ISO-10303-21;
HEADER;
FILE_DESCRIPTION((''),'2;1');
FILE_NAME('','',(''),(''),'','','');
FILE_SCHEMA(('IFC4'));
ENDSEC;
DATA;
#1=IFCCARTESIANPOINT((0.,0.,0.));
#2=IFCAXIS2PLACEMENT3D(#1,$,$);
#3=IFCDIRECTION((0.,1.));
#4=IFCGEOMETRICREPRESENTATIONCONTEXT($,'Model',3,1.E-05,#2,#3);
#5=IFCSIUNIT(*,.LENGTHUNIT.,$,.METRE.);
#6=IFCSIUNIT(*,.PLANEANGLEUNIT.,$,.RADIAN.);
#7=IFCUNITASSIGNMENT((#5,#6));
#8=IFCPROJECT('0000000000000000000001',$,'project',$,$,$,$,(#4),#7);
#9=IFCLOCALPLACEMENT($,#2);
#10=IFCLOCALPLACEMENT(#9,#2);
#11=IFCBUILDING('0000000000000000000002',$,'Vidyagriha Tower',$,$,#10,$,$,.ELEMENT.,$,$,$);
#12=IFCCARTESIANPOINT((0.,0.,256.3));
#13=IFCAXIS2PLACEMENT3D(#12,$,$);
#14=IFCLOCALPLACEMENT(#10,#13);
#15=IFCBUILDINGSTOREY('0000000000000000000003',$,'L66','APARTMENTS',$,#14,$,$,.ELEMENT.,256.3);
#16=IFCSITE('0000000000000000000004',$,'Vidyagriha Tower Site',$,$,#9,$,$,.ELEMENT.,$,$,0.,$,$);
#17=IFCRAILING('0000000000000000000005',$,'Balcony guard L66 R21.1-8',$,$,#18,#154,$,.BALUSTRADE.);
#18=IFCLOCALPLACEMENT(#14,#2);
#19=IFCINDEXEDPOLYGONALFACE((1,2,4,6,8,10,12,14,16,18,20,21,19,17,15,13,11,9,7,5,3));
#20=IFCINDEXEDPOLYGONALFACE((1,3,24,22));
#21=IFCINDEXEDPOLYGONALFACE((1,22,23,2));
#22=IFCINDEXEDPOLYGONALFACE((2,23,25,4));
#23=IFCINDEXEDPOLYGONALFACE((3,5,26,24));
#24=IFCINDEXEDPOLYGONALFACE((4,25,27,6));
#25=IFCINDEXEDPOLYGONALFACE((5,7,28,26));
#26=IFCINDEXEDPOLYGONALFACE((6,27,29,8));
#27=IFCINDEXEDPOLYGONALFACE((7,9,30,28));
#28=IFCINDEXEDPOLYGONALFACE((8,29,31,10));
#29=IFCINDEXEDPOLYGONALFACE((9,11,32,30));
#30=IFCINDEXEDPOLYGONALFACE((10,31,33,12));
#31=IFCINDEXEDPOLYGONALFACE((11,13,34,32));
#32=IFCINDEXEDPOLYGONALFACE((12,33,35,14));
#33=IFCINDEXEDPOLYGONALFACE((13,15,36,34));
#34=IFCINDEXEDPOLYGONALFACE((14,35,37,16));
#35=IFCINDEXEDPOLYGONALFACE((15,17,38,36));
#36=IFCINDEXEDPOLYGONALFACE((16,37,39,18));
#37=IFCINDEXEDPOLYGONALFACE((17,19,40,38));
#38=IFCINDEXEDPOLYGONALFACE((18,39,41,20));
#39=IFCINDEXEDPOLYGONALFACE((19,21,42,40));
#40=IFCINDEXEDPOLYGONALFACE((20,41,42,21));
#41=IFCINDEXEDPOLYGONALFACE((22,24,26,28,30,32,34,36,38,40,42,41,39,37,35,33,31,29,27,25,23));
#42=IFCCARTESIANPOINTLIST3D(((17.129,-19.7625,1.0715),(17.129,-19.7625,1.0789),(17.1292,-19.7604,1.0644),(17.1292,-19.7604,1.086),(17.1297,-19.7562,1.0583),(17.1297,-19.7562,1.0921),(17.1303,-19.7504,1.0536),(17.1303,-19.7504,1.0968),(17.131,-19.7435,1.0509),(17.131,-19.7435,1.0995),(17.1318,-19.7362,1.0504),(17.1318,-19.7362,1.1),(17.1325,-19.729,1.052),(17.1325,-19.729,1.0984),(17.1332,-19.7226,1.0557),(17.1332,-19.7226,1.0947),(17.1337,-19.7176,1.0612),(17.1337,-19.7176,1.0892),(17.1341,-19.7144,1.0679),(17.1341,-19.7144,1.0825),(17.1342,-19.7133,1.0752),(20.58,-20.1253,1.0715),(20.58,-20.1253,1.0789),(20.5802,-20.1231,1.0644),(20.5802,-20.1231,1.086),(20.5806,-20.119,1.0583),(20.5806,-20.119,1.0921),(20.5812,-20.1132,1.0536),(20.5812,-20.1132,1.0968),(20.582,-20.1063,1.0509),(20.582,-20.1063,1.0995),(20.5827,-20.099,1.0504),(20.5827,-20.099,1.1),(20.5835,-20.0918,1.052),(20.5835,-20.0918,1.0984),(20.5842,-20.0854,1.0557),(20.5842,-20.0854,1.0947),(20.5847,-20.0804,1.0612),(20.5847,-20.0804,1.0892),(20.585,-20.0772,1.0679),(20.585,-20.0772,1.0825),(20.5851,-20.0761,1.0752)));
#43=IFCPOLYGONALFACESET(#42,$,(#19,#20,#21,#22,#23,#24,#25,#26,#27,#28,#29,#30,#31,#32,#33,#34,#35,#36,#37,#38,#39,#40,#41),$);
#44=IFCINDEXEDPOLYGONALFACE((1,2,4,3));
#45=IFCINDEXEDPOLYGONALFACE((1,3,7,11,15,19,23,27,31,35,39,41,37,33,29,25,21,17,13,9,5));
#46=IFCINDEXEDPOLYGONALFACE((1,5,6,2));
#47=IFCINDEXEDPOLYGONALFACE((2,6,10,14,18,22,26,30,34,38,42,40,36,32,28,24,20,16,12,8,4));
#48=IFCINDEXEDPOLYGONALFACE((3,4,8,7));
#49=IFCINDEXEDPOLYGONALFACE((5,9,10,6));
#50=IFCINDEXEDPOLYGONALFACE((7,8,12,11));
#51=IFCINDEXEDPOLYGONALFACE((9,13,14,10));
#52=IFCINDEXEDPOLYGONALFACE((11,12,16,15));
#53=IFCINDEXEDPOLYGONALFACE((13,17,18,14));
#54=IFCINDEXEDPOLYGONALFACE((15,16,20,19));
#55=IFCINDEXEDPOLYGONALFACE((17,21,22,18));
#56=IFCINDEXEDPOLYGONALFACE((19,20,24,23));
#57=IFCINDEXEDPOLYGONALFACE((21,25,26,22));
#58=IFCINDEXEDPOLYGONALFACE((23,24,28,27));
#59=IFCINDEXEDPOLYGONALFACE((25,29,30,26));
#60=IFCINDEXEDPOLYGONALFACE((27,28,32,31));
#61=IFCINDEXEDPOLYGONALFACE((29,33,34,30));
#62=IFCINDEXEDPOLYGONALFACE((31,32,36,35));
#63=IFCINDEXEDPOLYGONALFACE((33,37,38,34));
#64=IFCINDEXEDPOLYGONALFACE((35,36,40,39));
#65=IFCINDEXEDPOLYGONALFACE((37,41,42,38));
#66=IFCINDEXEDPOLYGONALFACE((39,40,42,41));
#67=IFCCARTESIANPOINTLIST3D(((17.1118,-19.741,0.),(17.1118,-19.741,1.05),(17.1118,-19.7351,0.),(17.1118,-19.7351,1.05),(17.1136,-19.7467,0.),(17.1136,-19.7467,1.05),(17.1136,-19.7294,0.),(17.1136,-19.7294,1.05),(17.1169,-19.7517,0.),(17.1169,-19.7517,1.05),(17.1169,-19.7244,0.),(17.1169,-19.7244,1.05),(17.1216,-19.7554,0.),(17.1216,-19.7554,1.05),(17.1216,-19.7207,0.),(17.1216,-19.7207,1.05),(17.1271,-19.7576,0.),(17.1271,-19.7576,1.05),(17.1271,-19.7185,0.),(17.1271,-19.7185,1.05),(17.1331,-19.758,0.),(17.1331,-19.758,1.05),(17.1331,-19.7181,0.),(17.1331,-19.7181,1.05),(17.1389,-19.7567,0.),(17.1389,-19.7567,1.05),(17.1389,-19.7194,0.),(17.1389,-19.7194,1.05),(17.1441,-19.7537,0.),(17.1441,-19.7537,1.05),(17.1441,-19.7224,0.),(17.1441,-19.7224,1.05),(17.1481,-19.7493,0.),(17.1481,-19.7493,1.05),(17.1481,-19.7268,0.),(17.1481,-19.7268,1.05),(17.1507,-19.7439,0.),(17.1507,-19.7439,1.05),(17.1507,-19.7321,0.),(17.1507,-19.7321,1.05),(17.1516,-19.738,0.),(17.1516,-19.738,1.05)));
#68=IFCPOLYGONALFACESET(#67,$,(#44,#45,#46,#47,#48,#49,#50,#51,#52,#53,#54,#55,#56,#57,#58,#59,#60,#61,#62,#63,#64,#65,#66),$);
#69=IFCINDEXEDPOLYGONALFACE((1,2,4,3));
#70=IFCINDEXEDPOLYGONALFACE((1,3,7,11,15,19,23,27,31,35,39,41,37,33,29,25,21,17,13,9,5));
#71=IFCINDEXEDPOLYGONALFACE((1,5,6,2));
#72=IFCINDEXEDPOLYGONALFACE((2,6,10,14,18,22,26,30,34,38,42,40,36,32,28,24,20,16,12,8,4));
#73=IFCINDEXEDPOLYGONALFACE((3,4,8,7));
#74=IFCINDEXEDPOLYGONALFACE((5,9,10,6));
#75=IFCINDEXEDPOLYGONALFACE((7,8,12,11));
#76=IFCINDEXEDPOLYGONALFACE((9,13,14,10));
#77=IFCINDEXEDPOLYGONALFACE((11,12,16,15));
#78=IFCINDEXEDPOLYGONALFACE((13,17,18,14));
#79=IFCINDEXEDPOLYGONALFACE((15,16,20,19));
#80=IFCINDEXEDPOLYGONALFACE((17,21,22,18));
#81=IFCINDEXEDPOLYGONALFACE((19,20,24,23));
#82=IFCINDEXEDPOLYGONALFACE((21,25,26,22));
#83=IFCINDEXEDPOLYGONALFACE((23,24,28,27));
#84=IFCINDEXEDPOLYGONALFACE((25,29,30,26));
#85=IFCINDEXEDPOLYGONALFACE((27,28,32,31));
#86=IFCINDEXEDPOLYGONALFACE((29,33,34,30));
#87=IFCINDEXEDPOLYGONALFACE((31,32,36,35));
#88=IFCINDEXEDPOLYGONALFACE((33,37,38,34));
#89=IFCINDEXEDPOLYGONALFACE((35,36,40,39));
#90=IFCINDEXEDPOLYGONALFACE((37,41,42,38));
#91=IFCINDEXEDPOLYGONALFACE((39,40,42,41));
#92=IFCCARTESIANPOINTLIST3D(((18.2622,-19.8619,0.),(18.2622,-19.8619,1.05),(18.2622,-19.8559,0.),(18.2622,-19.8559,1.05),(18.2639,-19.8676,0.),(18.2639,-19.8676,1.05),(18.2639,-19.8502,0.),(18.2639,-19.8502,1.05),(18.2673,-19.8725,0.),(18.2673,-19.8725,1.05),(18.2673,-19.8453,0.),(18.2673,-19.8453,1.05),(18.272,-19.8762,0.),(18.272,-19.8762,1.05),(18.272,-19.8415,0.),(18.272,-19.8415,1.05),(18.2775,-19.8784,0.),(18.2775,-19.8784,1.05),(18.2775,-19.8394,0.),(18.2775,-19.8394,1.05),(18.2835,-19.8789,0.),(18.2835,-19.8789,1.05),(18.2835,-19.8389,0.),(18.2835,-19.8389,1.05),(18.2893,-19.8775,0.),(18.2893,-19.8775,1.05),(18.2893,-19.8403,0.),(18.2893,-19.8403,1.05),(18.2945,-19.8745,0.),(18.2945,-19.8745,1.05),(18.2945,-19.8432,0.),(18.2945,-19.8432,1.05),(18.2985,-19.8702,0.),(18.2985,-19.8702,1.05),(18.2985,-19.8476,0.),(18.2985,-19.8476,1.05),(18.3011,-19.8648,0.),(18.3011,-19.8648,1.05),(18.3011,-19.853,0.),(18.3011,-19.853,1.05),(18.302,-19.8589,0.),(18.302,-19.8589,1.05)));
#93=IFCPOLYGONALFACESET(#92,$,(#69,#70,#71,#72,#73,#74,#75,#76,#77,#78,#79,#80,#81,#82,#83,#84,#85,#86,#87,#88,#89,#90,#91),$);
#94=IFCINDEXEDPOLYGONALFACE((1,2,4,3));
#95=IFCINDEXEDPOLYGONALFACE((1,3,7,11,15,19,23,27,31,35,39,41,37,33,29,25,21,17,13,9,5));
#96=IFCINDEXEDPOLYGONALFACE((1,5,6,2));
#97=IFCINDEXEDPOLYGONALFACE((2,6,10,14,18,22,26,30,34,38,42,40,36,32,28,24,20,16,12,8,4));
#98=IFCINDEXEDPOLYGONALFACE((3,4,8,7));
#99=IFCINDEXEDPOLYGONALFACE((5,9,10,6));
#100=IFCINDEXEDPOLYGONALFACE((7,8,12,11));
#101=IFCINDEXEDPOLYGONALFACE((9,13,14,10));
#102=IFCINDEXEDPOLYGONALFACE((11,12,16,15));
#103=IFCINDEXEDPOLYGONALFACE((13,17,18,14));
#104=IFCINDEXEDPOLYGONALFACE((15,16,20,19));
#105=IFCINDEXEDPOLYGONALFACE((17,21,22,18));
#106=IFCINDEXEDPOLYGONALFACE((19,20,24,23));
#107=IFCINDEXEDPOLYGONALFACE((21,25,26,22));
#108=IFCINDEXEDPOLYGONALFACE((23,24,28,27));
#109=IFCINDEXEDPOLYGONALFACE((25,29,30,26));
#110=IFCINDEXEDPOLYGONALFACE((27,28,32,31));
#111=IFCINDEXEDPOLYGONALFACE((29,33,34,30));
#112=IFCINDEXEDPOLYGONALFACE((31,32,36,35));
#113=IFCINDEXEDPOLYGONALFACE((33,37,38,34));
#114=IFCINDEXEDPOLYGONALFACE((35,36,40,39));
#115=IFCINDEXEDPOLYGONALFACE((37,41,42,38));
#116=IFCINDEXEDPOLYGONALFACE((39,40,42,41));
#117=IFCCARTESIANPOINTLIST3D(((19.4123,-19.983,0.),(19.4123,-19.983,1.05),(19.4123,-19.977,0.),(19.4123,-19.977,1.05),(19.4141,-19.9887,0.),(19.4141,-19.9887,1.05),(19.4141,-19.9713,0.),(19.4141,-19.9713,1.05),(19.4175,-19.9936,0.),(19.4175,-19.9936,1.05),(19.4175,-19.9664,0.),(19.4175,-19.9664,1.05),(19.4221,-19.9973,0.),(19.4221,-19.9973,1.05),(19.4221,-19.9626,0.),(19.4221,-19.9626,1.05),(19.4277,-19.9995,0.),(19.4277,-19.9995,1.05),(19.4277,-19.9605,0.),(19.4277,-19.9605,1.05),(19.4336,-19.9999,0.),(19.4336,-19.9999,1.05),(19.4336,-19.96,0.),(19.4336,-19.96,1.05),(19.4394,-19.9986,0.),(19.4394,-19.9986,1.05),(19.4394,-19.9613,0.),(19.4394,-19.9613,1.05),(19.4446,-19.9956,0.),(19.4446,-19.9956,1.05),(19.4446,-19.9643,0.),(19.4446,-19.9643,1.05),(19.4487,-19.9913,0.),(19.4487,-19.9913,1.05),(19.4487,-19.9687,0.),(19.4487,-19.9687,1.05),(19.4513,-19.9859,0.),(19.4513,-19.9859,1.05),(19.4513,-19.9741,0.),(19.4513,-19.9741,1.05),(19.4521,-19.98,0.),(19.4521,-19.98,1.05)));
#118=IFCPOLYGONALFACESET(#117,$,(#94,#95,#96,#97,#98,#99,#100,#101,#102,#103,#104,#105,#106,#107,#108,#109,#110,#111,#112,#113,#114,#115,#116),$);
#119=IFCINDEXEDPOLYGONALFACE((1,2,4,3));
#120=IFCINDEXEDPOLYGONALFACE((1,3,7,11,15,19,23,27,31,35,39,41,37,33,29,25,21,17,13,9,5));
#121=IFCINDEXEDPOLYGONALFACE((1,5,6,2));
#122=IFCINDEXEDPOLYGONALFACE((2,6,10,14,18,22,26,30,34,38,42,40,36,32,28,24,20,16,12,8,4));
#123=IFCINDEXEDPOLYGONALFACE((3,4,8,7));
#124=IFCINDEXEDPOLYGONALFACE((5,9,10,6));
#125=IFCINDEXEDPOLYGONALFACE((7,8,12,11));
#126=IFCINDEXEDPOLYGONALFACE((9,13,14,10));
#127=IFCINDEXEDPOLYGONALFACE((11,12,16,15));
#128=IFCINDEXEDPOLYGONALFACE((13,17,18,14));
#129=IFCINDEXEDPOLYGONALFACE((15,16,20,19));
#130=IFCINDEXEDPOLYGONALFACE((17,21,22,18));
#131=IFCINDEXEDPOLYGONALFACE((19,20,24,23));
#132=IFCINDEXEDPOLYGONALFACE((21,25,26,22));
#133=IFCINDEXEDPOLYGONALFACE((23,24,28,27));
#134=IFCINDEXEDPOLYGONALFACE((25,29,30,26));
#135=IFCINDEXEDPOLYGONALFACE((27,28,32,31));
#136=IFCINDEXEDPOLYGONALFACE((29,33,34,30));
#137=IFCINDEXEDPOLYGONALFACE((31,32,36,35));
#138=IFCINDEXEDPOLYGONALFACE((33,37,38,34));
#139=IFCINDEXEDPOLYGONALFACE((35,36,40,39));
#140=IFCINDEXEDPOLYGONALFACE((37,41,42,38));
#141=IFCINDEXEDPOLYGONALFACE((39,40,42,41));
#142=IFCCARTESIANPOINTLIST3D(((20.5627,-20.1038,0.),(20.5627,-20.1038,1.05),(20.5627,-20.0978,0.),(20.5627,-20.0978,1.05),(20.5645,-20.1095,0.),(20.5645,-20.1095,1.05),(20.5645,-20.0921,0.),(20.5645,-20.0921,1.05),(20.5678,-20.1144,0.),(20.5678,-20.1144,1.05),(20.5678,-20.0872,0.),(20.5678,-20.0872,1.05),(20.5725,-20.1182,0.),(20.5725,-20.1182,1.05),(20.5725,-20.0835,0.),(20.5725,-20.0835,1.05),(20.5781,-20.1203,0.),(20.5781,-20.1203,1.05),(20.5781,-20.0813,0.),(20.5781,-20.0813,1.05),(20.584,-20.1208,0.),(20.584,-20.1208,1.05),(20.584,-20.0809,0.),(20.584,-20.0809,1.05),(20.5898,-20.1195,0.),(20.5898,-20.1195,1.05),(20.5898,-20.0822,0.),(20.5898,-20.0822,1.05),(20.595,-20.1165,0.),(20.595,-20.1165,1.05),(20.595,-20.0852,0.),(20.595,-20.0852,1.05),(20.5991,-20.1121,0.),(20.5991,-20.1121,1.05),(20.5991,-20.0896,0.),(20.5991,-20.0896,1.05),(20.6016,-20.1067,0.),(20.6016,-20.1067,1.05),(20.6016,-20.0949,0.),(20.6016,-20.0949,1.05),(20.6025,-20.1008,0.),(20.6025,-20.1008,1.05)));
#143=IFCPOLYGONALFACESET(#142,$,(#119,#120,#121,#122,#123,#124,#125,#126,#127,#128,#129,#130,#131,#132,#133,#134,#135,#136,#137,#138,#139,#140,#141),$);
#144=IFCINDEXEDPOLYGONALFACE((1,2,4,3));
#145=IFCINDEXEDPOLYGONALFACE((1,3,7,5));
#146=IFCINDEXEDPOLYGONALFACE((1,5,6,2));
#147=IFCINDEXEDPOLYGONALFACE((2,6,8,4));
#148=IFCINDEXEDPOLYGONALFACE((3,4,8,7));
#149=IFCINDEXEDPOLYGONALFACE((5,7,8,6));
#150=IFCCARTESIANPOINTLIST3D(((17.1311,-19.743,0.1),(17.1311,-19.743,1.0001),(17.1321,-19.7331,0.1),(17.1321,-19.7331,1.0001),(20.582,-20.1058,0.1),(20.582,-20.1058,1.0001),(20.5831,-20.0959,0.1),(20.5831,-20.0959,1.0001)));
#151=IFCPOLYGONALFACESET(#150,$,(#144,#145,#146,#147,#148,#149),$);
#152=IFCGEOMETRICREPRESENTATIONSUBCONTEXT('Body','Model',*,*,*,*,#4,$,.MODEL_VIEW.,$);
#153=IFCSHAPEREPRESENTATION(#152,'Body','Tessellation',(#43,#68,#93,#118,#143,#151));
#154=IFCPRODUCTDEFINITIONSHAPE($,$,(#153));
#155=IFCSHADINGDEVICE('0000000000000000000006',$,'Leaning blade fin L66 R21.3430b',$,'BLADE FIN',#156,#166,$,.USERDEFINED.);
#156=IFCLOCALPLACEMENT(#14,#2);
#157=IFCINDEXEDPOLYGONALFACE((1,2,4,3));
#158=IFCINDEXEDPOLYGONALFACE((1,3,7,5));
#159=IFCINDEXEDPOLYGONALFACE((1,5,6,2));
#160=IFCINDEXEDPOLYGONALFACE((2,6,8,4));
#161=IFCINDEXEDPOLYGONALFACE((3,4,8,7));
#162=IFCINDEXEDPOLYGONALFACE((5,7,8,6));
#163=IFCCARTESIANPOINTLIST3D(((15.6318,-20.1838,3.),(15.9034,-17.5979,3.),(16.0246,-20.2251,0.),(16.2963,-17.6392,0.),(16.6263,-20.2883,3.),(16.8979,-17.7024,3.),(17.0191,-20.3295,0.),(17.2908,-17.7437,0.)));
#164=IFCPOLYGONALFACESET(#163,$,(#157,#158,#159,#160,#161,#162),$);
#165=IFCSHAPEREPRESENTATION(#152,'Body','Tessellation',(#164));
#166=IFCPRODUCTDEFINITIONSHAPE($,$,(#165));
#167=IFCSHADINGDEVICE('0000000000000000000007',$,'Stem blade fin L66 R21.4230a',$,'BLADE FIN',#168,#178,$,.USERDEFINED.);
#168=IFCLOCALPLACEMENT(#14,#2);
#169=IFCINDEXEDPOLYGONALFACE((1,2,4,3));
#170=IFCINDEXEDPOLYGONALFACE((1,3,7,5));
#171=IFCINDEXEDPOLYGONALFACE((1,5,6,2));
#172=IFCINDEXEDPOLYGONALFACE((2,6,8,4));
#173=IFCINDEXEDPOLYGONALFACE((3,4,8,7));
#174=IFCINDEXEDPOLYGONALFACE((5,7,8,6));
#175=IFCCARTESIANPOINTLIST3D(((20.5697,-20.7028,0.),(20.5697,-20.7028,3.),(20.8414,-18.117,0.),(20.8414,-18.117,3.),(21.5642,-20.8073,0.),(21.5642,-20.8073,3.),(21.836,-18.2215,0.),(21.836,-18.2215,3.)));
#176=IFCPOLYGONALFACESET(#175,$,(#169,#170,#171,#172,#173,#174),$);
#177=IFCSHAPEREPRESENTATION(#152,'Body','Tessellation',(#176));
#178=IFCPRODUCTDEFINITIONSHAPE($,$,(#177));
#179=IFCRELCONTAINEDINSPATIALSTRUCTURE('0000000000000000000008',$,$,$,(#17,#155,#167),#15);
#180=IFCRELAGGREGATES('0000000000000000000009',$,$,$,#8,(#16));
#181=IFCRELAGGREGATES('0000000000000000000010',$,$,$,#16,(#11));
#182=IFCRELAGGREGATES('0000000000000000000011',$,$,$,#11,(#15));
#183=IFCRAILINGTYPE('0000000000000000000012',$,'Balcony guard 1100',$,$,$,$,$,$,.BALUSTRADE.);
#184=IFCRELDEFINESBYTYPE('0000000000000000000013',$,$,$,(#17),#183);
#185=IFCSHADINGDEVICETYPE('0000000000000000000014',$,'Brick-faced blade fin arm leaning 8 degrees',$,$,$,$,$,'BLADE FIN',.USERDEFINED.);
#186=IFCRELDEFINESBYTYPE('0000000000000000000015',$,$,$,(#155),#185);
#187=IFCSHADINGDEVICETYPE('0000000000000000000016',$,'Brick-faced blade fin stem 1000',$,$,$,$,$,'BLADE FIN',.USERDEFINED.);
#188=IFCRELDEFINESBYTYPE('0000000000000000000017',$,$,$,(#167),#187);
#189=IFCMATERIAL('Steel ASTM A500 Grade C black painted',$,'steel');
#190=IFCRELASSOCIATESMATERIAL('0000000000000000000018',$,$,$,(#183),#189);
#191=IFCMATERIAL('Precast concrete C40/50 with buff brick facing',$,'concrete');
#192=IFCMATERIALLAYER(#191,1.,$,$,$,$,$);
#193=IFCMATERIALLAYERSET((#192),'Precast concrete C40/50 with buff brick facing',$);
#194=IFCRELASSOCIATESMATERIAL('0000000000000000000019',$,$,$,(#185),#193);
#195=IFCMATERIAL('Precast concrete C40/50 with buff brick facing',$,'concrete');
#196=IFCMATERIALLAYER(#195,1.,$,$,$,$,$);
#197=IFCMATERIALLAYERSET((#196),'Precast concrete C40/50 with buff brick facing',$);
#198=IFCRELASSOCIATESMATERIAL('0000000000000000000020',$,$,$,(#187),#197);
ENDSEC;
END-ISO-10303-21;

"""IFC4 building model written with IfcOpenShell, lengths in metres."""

from ifc_helpers import new_model, si_unit, direction, frame, origin, origin_2d, place, context, subcontext, project, spatial, polyline, rectangle, circle, outline, extrude, material, layer, layer_set, type_object, element, save


model = new_model("IFC4")

# Units and contexts
model_context = context("Model", 3, precision=1e-05, world=origin(), true_north=direction((0.0, 1.0)))
body_context = subcontext(model_context, "Body", "Model", "MODEL_VIEW")
ifc_project = project(units=[si_unit("LENGTHUNIT", "METRE"), si_unit("PLANEANGLEUNIT", "RADIAN")], contexts=[model_context])

# Site, building, storey
site_placement = place(None, origin())
site = spatial("IfcSite", under=ifc_project, at=site_placement, Name="Vidyagriha Tower Site", CompositionType="ELEMENT", RefElevation=0.0)
building_placement = place(site_placement, origin())
building = spatial("IfcBuilding", under=site, at=building_placement, Name="Vidyagriha Tower", CompositionType="ELEMENT")
storey_placement = place(building_placement, frame((0.0, 0.0, 256.3)))
storey = spatial("IfcBuildingStorey", under=building, at=storey_placement, Name="L66", Description="APARTMENTS", CompositionType="ELEMENT", Elevation=256.3)

# Railing
ifc_material_1 = material(Name="Steel ASTM A500 Grade C black painted", Category="steel")
railing_type = type_object("IfcRailingType", Name="Balcony guard 1100", PredefinedType="BALUSTRADE", material=ifc_material_1)
railing_1_placement = place(storey_placement, frame((17.1316, -19.738, 0.0)))
element("IfcRailing", 1, at=railing_1_placement, inside=storey, type_object=railing_type, Name="Balcony guard L66 R21.1-8", PredefinedType="BALUSTRADE", context=body_context, shape_type="SweptSolid", body=[
    extrude(circle(Radius=0.0249, at=origin_2d()), frame((0.0, 0.0, 1.0752), z_axis=(0.994519, -0.104553, 0.0), x_axis=(0.104553, 0.994519, 0.0)), (0.0, 0.0, 1.0), 3.47),
    extrude(circle(Radius=0.02, at=origin_2d()), origin(), (0.0, 0.0, 1.0), 1.05),
    extrude(circle(Radius=0.02, at=origin_2d()), frame((1.1504, -0.1208, 0.0)), (0.0, 0.0, 1.0), 1.05),
    extrude(circle(Radius=0.02, at=origin_2d()), frame((2.3005, -0.2419, 0.0)), (0.0, 0.0, 1.0), 1.05),
    extrude(circle(Radius=0.02, at=origin_2d()), frame((3.4509, -0.3628, 0.0)), (0.0, 0.0, 1.0), 1.05),
    extrude(rectangle(XDim=0.01, YDim=0.9001, at=origin_2d()), frame((0.0, 0.0, 0.55), z_axis=(0.994519, -0.104553, 0.0), x_axis=(0.104553, 0.994519, 0.0)), (0.0, 0.0, 1.0), 3.47),
])

# Shading devices
ifc_material_2 = material(Name="Precast concrete C40/50 with buff brick facing", Category="concrete")
ifc_layer_1 = layer(ifc_material_2, 1.0)
ifc_layer_set_1 = layer_set([ifc_layer_1], Name="Precast concrete C40/50 with buff brick facing")
shading_device_type_1 = type_object("IfcShadingDeviceType", Name="Brick-faced blade fin arm leaning 8 degrees", ElementType="BLADE FIN", PredefinedType="USERDEFINED", material=ifc_layer_set_1)
shading_device_1_placement = place(storey_placement, frame((15.7676, -18.8909, 0.0), z_axis=(0.0, 0.0, 1.0), x_axis=(0.994527, -0.104475, 0.0)))
element("IfcShadingDevice", 2, at=shading_device_1_placement, inside=storey, type_object=shading_device_type_1, Name="Leaning blade fin L66 R21.3430b", ObjectType="BLADE FIN", PredefinedType="USERDEFINED", context=body_context, shape_type="SweptSolid", body=[
    extrude(outline(polyline([(0.395, 0.0), (1.395, 0.0), (1.0, 3.0), (0.0, 3.0), (0.395, 0.0)])), frame((0.0, 1.3, 0.0), z_axis=(0.0, -1.0, 0.0), x_axis=(1.0, 0.0, 0.0)), (0.0, 0.0, 1.0), 2.6001),
])
ifc_material_3 = material(Name="Precast concrete C40/50 with buff brick facing", Category="concrete")
ifc_layer_2 = layer(ifc_material_3, 1.0)
ifc_layer_set_2 = layer_set([ifc_layer_2], Name="Precast concrete C40/50 with buff brick facing")
shading_device_type_2 = type_object("IfcShadingDeviceType", Name="Brick-faced blade fin stem 1000", ElementType="BLADE FIN", PredefinedType="USERDEFINED", material=ifc_layer_set_2)
shading_device_2_placement = place(storey_placement, frame((20.7056, -19.4099, 0.0), z_axis=(0.0, 0.0, 1.0), x_axis=(0.994524, -0.104507, 0.0)))
element("IfcShadingDevice", 3, at=shading_device_2_placement, inside=storey, type_object=shading_device_type_2, Name="Stem blade fin L66 R21.4230a", ObjectType="BLADE FIN", PredefinedType="USERDEFINED", context=body_context, shape_type="SweptSolid", body=[
    extrude(outline(polyline([(0.0, 0.0), (1.0, 0.0), (1.0, 3.0), (0.0, 3.0), (0.0, 0.0)])), frame((0.0, 1.3, 0.0), z_axis=(0.0, -1.0, 0.0), x_axis=(1.0, 0.0, 0.0)), (0.0, 0.0, 1.0), 2.6001),
])

save(model, "model.ifc")
